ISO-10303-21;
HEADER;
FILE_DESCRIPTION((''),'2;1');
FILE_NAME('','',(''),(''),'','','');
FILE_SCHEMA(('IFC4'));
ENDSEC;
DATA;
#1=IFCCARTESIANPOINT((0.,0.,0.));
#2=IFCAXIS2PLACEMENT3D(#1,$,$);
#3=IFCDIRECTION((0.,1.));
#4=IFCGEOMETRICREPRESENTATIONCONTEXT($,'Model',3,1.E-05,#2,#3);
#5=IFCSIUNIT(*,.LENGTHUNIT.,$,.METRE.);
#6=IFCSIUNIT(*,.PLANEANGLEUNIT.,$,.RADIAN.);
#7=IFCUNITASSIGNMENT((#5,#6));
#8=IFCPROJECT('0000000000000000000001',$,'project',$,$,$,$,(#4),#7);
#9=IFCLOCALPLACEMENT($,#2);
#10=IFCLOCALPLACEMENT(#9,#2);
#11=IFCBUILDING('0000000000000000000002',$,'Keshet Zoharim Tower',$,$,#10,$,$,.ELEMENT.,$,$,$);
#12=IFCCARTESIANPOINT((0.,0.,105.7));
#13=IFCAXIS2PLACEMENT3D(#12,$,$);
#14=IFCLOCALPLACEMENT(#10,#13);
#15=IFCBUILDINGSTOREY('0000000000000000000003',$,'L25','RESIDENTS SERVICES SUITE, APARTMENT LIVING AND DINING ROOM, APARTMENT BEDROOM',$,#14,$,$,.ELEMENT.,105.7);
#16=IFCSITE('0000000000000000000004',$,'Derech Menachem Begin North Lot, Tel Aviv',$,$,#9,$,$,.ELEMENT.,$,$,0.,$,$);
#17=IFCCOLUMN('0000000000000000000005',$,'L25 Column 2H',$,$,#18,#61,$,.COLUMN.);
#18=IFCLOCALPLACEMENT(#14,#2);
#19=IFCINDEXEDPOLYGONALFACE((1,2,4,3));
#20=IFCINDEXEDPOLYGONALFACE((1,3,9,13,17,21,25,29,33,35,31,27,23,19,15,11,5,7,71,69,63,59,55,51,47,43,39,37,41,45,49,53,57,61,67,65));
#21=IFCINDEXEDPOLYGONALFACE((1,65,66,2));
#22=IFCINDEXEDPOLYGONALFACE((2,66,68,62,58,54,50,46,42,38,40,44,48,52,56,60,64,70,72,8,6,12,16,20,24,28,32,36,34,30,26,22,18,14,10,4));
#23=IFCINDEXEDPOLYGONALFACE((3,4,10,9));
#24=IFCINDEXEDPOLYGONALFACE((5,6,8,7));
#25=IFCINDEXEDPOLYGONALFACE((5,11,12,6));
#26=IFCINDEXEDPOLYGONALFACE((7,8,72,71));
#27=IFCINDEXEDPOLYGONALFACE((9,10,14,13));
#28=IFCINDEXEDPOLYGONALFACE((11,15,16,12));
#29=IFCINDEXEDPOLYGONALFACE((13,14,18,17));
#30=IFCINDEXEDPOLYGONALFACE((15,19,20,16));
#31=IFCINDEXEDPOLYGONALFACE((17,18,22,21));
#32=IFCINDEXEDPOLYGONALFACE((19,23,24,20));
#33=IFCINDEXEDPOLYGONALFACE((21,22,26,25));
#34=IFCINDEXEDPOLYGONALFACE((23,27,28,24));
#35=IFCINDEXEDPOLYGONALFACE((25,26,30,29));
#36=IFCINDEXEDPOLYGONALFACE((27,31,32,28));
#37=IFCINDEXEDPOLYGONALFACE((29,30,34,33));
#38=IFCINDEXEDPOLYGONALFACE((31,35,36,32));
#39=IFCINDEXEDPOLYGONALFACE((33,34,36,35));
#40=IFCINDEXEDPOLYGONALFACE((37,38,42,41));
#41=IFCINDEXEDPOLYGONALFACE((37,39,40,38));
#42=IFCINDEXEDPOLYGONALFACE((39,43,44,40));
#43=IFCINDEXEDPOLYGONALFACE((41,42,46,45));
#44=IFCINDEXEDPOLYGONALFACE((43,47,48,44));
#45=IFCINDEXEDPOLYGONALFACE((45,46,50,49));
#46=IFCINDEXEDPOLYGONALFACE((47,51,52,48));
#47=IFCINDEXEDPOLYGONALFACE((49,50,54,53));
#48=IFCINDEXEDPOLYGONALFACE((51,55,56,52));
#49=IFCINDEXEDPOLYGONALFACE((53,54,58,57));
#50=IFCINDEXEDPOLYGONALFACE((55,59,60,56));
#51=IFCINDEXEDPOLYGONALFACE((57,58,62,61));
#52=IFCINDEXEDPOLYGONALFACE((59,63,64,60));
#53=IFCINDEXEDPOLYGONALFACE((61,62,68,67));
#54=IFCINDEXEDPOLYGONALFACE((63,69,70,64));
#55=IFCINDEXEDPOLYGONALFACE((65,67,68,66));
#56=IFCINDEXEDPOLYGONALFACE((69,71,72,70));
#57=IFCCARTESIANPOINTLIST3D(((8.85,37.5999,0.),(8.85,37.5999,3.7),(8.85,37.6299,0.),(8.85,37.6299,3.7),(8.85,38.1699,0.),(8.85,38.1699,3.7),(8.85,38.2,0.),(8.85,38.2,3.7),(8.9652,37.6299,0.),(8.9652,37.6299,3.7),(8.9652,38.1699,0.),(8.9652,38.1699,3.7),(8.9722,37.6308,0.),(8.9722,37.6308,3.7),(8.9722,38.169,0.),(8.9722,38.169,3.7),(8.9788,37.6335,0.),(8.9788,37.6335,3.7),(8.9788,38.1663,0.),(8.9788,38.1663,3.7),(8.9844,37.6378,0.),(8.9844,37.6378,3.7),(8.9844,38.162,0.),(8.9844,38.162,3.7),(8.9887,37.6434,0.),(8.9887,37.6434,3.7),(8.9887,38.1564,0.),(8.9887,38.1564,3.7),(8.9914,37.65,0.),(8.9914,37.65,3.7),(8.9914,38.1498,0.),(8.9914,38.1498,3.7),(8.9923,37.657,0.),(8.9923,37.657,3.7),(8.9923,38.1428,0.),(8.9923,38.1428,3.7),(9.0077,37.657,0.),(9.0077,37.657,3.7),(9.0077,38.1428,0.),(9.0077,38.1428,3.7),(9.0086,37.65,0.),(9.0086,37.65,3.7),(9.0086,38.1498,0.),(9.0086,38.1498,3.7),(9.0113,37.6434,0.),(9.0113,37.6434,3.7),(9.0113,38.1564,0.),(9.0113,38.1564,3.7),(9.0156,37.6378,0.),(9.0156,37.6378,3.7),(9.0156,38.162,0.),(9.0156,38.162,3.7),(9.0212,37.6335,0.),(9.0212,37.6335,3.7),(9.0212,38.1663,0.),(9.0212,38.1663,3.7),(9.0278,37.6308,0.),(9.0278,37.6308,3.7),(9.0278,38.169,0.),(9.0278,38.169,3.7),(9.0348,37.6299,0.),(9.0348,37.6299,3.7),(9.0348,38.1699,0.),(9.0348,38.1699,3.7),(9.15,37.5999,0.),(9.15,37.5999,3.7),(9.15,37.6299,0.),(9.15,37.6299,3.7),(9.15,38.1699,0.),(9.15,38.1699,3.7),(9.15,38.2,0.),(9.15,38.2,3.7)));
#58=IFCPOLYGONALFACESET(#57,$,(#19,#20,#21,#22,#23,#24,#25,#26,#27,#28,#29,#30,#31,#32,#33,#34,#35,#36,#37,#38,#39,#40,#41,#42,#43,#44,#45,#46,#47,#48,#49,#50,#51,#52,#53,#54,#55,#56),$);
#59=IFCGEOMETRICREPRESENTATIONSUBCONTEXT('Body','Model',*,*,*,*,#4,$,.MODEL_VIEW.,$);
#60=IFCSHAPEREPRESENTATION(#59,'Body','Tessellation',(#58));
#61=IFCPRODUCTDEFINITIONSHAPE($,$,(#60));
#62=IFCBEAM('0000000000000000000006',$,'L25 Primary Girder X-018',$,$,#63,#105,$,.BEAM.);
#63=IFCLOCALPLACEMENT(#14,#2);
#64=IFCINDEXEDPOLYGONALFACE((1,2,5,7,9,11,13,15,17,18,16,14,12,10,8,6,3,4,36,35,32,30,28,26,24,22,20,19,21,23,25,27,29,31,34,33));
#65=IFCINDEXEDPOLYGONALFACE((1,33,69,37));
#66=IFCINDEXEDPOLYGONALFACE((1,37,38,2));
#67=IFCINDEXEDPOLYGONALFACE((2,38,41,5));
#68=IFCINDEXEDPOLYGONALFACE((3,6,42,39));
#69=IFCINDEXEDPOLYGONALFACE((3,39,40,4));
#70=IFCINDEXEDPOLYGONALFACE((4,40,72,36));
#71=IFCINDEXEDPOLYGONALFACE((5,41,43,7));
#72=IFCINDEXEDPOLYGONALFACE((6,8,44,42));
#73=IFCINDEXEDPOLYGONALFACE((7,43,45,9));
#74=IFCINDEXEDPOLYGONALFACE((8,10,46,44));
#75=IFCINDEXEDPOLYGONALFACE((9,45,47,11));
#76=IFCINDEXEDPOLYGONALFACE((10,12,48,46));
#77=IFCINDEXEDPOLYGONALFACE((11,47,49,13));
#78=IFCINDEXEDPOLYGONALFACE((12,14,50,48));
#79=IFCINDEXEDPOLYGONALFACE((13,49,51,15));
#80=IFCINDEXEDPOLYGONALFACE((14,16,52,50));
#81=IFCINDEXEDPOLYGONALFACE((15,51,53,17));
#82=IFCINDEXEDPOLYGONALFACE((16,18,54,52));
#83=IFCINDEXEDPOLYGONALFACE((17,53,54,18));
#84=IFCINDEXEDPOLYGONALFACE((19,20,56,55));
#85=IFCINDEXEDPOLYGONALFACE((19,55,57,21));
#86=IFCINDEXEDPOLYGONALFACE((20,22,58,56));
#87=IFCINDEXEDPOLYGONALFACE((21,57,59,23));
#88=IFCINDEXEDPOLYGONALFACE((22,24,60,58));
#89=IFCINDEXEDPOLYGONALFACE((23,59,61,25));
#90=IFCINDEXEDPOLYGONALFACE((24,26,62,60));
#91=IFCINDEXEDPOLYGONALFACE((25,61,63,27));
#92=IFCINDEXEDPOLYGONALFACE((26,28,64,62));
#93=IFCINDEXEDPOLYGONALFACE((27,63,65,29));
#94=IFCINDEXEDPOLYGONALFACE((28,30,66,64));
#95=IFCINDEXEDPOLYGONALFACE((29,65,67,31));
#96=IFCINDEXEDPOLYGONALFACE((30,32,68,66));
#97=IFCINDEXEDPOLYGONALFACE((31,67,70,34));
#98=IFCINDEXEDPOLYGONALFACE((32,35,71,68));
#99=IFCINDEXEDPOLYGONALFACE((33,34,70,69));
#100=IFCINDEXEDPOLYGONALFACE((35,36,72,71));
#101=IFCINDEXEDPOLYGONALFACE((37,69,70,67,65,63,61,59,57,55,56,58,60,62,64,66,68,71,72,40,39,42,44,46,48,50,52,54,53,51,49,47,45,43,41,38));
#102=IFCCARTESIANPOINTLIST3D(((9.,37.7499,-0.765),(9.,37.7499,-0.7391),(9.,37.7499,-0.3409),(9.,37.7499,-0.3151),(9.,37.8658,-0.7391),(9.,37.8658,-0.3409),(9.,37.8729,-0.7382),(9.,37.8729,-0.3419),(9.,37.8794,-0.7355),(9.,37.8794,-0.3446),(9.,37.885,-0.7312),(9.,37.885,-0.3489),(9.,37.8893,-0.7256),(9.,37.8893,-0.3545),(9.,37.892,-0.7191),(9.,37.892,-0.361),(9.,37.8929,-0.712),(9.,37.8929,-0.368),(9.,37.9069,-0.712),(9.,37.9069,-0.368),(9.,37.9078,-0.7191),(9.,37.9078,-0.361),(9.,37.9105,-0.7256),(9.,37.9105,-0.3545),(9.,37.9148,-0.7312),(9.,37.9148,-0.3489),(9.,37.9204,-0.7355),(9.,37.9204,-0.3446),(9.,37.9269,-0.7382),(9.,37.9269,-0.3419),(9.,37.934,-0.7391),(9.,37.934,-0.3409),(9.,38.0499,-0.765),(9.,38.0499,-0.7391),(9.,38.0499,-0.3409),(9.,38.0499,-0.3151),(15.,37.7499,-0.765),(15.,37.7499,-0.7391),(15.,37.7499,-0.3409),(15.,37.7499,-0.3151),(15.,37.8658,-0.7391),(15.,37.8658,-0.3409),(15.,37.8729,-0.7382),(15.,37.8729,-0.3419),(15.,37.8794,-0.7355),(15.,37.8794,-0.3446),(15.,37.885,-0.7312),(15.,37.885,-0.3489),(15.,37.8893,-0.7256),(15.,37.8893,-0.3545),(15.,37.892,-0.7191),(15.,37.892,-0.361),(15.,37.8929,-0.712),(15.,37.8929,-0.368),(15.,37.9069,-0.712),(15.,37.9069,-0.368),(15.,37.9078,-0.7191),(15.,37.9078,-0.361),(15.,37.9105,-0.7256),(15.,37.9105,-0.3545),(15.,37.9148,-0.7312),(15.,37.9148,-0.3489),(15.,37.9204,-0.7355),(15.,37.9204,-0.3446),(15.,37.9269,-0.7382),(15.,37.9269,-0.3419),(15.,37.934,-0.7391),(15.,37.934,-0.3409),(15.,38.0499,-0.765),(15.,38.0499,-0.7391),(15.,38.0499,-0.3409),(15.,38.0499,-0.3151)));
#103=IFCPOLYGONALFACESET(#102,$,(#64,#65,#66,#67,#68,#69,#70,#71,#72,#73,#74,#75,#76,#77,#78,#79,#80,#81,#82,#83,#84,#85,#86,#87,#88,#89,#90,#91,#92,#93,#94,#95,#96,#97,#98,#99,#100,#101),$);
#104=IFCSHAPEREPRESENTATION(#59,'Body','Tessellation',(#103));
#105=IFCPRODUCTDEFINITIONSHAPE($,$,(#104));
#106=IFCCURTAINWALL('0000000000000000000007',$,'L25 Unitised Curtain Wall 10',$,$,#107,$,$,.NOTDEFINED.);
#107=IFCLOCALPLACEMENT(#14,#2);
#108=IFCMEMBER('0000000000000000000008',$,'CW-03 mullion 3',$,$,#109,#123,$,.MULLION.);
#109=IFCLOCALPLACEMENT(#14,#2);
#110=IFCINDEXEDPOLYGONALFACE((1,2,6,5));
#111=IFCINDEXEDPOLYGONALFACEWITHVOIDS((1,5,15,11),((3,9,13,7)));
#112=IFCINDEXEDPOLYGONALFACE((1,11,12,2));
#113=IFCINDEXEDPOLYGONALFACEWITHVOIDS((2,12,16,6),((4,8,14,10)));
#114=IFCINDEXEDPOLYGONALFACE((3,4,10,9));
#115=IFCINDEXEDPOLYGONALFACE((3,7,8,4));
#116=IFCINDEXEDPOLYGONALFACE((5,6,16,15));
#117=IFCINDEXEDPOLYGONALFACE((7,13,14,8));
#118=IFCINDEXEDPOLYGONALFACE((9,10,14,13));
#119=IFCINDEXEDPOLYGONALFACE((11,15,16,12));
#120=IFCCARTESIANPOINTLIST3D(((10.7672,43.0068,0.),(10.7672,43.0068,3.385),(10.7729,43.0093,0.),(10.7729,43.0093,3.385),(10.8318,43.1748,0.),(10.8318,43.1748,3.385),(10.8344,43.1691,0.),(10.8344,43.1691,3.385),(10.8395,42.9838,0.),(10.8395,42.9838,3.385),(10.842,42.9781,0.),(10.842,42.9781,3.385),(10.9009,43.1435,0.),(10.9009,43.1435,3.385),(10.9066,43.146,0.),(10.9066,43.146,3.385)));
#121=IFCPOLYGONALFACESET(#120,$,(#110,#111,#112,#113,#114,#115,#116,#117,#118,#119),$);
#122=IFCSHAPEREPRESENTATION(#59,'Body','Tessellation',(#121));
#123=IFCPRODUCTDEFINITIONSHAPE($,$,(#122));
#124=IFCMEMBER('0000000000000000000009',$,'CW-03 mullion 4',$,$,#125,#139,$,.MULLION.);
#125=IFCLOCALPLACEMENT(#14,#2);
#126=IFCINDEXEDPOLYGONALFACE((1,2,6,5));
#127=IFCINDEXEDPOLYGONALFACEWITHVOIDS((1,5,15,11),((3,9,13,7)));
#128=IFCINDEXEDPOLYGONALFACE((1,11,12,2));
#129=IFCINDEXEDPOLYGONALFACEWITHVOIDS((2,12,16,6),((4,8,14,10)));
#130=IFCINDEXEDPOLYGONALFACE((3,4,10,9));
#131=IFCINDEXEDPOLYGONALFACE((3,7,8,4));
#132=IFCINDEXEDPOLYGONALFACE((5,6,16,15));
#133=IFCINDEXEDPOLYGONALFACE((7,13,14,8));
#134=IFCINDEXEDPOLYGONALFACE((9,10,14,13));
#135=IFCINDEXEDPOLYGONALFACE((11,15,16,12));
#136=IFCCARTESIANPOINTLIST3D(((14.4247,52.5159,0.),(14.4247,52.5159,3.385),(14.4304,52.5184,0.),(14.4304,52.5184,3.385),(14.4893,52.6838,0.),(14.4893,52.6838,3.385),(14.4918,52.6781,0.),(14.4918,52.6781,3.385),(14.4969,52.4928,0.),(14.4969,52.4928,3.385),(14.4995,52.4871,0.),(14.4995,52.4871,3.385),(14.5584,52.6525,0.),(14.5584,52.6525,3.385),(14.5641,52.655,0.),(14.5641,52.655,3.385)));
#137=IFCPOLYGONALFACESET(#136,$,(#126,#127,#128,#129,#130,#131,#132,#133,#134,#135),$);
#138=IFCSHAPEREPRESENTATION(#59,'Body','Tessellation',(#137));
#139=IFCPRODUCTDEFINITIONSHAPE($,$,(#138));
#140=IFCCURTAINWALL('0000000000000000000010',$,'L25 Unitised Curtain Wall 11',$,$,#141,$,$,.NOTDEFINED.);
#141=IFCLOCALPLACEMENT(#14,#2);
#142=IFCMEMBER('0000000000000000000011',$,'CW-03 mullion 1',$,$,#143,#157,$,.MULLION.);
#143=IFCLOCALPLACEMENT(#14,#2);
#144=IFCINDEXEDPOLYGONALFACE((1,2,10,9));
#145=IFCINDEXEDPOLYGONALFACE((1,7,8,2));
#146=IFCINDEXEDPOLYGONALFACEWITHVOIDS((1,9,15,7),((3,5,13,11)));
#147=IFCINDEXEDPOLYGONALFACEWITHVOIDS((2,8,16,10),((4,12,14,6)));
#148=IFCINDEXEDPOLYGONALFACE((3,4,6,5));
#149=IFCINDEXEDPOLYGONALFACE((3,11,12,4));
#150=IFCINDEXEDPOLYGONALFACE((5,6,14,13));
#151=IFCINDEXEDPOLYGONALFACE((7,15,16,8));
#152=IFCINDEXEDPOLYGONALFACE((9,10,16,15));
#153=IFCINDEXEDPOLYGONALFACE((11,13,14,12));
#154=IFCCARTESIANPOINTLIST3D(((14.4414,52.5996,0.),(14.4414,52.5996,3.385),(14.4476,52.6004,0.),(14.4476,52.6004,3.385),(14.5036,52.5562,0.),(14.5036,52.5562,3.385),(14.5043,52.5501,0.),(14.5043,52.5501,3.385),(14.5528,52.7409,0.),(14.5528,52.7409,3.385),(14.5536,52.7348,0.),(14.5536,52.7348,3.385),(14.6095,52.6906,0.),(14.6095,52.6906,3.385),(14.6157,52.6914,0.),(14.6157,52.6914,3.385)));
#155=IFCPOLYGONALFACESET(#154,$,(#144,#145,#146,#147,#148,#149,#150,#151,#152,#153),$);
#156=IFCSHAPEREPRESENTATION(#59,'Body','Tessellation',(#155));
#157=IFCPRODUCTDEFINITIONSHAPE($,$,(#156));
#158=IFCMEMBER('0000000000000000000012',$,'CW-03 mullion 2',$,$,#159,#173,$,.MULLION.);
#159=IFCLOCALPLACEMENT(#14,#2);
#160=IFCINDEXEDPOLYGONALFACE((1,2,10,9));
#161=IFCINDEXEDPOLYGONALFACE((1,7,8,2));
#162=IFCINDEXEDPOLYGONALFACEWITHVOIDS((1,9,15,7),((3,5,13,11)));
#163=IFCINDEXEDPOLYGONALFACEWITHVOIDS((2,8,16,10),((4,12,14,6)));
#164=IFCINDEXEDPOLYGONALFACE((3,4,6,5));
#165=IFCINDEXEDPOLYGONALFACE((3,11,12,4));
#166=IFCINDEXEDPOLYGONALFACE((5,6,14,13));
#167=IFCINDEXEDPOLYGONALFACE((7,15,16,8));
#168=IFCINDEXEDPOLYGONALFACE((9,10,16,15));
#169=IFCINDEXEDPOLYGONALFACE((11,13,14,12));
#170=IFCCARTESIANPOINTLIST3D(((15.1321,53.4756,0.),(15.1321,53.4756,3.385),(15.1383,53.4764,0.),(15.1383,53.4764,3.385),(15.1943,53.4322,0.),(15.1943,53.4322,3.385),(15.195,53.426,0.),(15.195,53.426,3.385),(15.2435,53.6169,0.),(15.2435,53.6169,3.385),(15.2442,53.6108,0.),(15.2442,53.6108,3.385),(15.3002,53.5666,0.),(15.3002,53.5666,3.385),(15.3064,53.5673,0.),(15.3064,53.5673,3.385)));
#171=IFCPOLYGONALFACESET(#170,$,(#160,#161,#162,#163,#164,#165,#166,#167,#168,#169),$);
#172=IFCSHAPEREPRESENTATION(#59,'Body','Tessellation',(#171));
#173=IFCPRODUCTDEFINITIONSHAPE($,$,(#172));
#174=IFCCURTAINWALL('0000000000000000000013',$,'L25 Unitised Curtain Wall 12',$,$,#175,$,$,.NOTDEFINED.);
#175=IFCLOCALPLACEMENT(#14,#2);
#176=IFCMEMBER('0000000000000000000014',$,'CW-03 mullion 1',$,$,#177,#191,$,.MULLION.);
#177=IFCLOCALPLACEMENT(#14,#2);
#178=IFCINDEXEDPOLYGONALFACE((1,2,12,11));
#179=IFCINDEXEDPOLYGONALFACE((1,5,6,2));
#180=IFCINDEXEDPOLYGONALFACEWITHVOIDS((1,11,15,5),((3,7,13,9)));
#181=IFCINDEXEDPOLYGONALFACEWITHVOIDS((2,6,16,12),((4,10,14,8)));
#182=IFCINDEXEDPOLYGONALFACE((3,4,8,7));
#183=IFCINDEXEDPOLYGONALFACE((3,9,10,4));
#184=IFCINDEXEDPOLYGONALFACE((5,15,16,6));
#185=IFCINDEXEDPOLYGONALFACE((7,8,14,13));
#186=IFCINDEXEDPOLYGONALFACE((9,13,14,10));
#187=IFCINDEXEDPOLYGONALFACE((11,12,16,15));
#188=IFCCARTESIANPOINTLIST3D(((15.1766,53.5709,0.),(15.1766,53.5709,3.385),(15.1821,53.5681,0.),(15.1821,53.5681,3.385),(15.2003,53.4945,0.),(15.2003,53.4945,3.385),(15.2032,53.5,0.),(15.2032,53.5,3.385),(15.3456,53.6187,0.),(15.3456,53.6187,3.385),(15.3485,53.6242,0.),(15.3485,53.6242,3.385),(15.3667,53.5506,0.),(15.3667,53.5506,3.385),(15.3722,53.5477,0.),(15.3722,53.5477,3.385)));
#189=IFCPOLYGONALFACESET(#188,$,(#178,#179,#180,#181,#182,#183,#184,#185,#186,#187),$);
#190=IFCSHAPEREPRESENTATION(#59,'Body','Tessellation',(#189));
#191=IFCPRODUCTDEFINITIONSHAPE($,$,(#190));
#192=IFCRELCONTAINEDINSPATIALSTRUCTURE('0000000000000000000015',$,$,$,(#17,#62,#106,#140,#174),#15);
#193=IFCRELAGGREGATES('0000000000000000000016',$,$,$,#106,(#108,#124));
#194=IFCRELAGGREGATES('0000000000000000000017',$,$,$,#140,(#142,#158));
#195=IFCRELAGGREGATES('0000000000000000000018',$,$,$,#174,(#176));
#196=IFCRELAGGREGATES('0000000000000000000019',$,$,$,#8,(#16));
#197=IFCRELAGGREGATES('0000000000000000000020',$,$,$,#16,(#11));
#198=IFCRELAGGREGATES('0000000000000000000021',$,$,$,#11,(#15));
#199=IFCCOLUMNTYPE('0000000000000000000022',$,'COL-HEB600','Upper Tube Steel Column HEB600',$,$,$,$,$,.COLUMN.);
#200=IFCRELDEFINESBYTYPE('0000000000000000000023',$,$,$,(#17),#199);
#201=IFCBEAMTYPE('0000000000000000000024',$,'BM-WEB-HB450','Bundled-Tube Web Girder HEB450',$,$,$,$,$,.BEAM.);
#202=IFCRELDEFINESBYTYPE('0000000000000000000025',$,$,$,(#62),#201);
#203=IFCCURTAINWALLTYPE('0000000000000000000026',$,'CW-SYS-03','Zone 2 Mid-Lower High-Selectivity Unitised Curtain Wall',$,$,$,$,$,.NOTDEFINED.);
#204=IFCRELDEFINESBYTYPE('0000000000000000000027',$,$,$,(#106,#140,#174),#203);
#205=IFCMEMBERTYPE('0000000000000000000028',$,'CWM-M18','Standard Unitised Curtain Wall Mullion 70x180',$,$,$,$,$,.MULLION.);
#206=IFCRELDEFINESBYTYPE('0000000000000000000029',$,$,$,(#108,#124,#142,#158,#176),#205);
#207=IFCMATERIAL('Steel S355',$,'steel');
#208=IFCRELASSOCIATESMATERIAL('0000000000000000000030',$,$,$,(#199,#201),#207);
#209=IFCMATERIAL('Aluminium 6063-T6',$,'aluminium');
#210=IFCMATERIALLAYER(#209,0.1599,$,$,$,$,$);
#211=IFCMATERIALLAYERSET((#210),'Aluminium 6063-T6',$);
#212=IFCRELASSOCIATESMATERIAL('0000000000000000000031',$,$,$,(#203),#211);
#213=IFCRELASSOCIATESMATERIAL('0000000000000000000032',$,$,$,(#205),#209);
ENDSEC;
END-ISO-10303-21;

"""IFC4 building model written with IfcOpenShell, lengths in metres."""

from ifc_helpers import new_model, si_unit, direction, frame, origin, origin_2d, place, context, subcontext, project, spatial, hollow_rectangle, i_section, extrude, material, layer, layer_set, material_profile, profile_set, type_object, element, aggregate, save


model = new_model("IFC4")

# Units and contexts
model_context = context("Model", 3, precision=1e-05, world=origin(), true_north=direction((0.0, 1.0)))
body_context = subcontext(model_context, "Body", "Model", "MODEL_VIEW")
ifc_project = project(units=[si_unit("LENGTHUNIT", "METRE"), si_unit("PLANEANGLEUNIT", "RADIAN")], contexts=[model_context])

# Site, building, storey
site_placement = place(None, origin())
site = spatial("IfcSite", under=ifc_project, at=site_placement, Name="Derech Menachem Begin North Lot, Tel Aviv", CompositionType="ELEMENT", RefElevation=0.0)
building_placement = place(site_placement, origin())
building = spatial("IfcBuilding", under=site, at=building_placement, Name="Keshet Zoharim Tower", CompositionType="ELEMENT")
storey_placement = place(building_placement, frame((0.0, 0.0, 105.7)))
storey = spatial("IfcBuildingStorey", under=building, at=storey_placement, Name="L25", Description="RESIDENTS SERVICES SUITE, APARTMENT LIVING AND DINING ROOM, APARTMENT BEDROOM", CompositionType="ELEMENT", Elevation=105.7)

# Column
ifc_material_1 = material(Name="Steel S355", Category="steel")
ifc_material_profile_1 = material_profile(ifc_material_1, i_section(OverallWidth=0.3, OverallDepth=0.6001, WebThickness=0.0154, FlangeThickness=0.03, FilletRadius=0.0271, at=origin_2d()), Name="HEB600")
ifc_profile_set_1 = profile_set([ifc_material_profile_1], Name="Steel S355")
column_type = type_object("IfcColumnType", Name="COL-HEB600", Description="Upper Tube Steel Column HEB600", PredefinedType="COLUMN", material=ifc_profile_set_1)
column_placement = place(storey_placement, frame((9.0, 37.8999, 0.0), z_axis=(0.0, 0.0, 1.0), x_axis=(1.0, 0.0, 0.0)))
element("IfcColumn", 1, at=column_placement, inside=storey, type_object=column_type, Name="L25 Column 2H", PredefinedType="COLUMN", context=body_context, shape_type="SweptSolid", body=[
    extrude(i_section(OverallWidth=0.3, OverallDepth=0.6001, WebThickness=0.0154, FlangeThickness=0.03, FilletRadius=0.0271, at=origin_2d()), origin(), (0.0, 0.0, 1.0), 3.7),
])

# Beam
ifc_material_profile_2 = material_profile(ifc_material_1, i_section(OverallWidth=0.3, OverallDepth=0.45, WebThickness=0.0139, FlangeThickness=0.0259, FilletRadius=0.0271, at=origin_2d()), Name="HEB450")
ifc_profile_set_2 = profile_set([ifc_material_profile_2], Name="Steel S355")
beam_type = type_object("IfcBeamType", Name="BM-WEB-HB450", Description="Bundled-Tube Web Girder HEB450", PredefinedType="BEAM", material=ifc_profile_set_2)
beam_placement = place(storey_placement, frame((9.0, 37.8999, -0.54), z_axis=(1.0, 0.0, 0.0), x_axis=(0.0, 1.0, 0.0)))
element("IfcBeam", 2, at=beam_placement, inside=storey, type_object=beam_type, Name="L25 Primary Girder X-018", PredefinedType="BEAM", context=body_context, shape_type="SweptSolid", body=[
    extrude(i_section(OverallWidth=0.3, OverallDepth=0.45, WebThickness=0.0139, FlangeThickness=0.0259, FilletRadius=0.0271, at=origin_2d()), origin(), (0.0, 0.0, 1.0), 6.0),
])

# Curtain walls, members
ifc_material_2 = material(Name="Aluminium 6063-T6", Category="aluminium")
ifc_layer_1 = layer(ifc_material_2, 0.1599)
ifc_layer_set_1 = layer_set([ifc_layer_1], Name="Aluminium 6063-T6")
curtain_wall_type = type_object("IfcCurtainWallType", Name="CW-SYS-03", Description="Zone 2 Mid-Lower High-Selectivity Unitised Curtain Wall", PredefinedType="NOTDEFINED", material=ifc_layer_set_1)
curtain_wall_1_placement = place(storey_placement, origin())
curtain_wall_1 = element("IfcCurtainWall", 3, at=curtain_wall_1_placement, inside=storey, type_object=curtain_wall_type, Name="L25 Unitised Curtain Wall 10", PredefinedType="NOTDEFINED")
ifc_material_profile_3 = material_profile(ifc_material_2, hollow_rectangle(XDim=0.0801, YDim=0.1799, WallThickness=0.0044, at=origin_2d()), Name="MUL-80x180")
ifc_profile_set_3 = profile_set([ifc_material_profile_3], Name="Aluminium 6063-T6")
member_type_1 = type_object("IfcMemberType", Name="CWM-M18", Description="Standard Unitised Curtain Wall Mullion 70x180", PredefinedType="MULLION", material=ifc_profile_set_3)
member_1_placement = place(storey_placement, frame((10.8369, 43.0764, 0.0), z_axis=(0.0, 0.0, 1.0), x_axis=(-0.933341, 0.35899, 0.0)))
member_1 = element("IfcMember", 4, at=member_1_placement, type_object=member_type_1, Name="CW-03 mullion 3", PredefinedType="MULLION", context=body_context, shape_type="SweptSolid", body=[
    extrude(hollow_rectangle(XDim=0.0801, YDim=0.1799, WallThickness=0.0044, at=origin_2d()), origin(), (0.0, 0.0, 1.0), 3.385),
])
member_2_placement = place(storey_placement, frame((14.4944, 52.5854, 0.0), z_axis=(0.0, 0.0, 1.0), x_axis=(-0.933341, 0.35899, 0.0)))
member_2 = element("IfcMember", 5, at=member_2_placement, type_object=member_type_1, Name="CW-03 mullion 4", PredefinedType="MULLION", context=body_context, shape_type="SweptSolid", body=[
    extrude(hollow_rectangle(XDim=0.0801, YDim=0.1799, WallThickness=0.0044, at=origin_2d()), origin(), (0.0, 0.0, 1.0), 3.385),
])
curtain_wall_2_placement = place(storey_placement, origin())
curtain_wall_2 = element("IfcCurtainWall", 6, at=curtain_wall_2_placement, inside=storey, type_object=curtain_wall_type, Name="L25 Unitised Curtain Wall 11", PredefinedType="NOTDEFINED")
member_3_placement = place(storey_placement, frame((14.5286, 52.6455, 0.0), z_axis=(0.0, 0.0, 1.0), x_axis=(-0.785293, 0.619125, 0.0)))
member_3 = element("IfcMember", 7, at=member_3_placement, type_object=member_type_1, Name="CW-03 mullion 1", PredefinedType="MULLION", context=body_context, shape_type="SweptSolid", body=[
    extrude(hollow_rectangle(XDim=0.0801, YDim=0.1799, WallThickness=0.0044, at=origin_2d()), origin(), (0.0, 0.0, 1.0), 3.385),
])
member_4_placement = place(storey_placement, frame((15.2192, 53.5215, 0.0), z_axis=(0.0, 0.0, 1.0), x_axis=(-0.785293, 0.619125, 0.0)))
member_4 = element("IfcMember", 8, at=member_4_placement, type_object=member_type_1, Name="CW-03 mullion 2", PredefinedType="MULLION", context=body_context, shape_type="SweptSolid", body=[
    extrude(hollow_rectangle(XDim=0.0801, YDim=0.1799, WallThickness=0.0044, at=origin_2d()), origin(), (0.0, 0.0, 1.0), 3.385),
])
curtain_wall_3_placement = place(storey_placement, origin())
curtain_wall_3 = element("IfcCurtainWall", 9, at=curtain_wall_3_placement, inside=storey, type_object=curtain_wall_type, Name="L25 Unitised Curtain Wall 12", PredefinedType="NOTDEFINED")
member_5_placement = place(storey_placement, frame((15.2744, 53.5593, 0.0), z_axis=(0.0, 0.0, 1.0), x_axis=(-0.295922, 0.955212, 0.0)))
member_5 = element("IfcMember", 10, at=member_5_placement, type_object=member_type_1, Name="CW-03 mullion 1", PredefinedType="MULLION", context=body_context, shape_type="SweptSolid", body=[
    extrude(hollow_rectangle(XDim=0.0801, YDim=0.1799, WallThickness=0.0044, at=origin_2d()), origin(), (0.0, 0.0, 1.0), 3.385),
])

aggregate(curtain_wall_1, [member_1, member_2])
aggregate(curtain_wall_2, [member_3, member_4])
aggregate(curtain_wall_3, [member_5])

save(model, "model.ifc")
